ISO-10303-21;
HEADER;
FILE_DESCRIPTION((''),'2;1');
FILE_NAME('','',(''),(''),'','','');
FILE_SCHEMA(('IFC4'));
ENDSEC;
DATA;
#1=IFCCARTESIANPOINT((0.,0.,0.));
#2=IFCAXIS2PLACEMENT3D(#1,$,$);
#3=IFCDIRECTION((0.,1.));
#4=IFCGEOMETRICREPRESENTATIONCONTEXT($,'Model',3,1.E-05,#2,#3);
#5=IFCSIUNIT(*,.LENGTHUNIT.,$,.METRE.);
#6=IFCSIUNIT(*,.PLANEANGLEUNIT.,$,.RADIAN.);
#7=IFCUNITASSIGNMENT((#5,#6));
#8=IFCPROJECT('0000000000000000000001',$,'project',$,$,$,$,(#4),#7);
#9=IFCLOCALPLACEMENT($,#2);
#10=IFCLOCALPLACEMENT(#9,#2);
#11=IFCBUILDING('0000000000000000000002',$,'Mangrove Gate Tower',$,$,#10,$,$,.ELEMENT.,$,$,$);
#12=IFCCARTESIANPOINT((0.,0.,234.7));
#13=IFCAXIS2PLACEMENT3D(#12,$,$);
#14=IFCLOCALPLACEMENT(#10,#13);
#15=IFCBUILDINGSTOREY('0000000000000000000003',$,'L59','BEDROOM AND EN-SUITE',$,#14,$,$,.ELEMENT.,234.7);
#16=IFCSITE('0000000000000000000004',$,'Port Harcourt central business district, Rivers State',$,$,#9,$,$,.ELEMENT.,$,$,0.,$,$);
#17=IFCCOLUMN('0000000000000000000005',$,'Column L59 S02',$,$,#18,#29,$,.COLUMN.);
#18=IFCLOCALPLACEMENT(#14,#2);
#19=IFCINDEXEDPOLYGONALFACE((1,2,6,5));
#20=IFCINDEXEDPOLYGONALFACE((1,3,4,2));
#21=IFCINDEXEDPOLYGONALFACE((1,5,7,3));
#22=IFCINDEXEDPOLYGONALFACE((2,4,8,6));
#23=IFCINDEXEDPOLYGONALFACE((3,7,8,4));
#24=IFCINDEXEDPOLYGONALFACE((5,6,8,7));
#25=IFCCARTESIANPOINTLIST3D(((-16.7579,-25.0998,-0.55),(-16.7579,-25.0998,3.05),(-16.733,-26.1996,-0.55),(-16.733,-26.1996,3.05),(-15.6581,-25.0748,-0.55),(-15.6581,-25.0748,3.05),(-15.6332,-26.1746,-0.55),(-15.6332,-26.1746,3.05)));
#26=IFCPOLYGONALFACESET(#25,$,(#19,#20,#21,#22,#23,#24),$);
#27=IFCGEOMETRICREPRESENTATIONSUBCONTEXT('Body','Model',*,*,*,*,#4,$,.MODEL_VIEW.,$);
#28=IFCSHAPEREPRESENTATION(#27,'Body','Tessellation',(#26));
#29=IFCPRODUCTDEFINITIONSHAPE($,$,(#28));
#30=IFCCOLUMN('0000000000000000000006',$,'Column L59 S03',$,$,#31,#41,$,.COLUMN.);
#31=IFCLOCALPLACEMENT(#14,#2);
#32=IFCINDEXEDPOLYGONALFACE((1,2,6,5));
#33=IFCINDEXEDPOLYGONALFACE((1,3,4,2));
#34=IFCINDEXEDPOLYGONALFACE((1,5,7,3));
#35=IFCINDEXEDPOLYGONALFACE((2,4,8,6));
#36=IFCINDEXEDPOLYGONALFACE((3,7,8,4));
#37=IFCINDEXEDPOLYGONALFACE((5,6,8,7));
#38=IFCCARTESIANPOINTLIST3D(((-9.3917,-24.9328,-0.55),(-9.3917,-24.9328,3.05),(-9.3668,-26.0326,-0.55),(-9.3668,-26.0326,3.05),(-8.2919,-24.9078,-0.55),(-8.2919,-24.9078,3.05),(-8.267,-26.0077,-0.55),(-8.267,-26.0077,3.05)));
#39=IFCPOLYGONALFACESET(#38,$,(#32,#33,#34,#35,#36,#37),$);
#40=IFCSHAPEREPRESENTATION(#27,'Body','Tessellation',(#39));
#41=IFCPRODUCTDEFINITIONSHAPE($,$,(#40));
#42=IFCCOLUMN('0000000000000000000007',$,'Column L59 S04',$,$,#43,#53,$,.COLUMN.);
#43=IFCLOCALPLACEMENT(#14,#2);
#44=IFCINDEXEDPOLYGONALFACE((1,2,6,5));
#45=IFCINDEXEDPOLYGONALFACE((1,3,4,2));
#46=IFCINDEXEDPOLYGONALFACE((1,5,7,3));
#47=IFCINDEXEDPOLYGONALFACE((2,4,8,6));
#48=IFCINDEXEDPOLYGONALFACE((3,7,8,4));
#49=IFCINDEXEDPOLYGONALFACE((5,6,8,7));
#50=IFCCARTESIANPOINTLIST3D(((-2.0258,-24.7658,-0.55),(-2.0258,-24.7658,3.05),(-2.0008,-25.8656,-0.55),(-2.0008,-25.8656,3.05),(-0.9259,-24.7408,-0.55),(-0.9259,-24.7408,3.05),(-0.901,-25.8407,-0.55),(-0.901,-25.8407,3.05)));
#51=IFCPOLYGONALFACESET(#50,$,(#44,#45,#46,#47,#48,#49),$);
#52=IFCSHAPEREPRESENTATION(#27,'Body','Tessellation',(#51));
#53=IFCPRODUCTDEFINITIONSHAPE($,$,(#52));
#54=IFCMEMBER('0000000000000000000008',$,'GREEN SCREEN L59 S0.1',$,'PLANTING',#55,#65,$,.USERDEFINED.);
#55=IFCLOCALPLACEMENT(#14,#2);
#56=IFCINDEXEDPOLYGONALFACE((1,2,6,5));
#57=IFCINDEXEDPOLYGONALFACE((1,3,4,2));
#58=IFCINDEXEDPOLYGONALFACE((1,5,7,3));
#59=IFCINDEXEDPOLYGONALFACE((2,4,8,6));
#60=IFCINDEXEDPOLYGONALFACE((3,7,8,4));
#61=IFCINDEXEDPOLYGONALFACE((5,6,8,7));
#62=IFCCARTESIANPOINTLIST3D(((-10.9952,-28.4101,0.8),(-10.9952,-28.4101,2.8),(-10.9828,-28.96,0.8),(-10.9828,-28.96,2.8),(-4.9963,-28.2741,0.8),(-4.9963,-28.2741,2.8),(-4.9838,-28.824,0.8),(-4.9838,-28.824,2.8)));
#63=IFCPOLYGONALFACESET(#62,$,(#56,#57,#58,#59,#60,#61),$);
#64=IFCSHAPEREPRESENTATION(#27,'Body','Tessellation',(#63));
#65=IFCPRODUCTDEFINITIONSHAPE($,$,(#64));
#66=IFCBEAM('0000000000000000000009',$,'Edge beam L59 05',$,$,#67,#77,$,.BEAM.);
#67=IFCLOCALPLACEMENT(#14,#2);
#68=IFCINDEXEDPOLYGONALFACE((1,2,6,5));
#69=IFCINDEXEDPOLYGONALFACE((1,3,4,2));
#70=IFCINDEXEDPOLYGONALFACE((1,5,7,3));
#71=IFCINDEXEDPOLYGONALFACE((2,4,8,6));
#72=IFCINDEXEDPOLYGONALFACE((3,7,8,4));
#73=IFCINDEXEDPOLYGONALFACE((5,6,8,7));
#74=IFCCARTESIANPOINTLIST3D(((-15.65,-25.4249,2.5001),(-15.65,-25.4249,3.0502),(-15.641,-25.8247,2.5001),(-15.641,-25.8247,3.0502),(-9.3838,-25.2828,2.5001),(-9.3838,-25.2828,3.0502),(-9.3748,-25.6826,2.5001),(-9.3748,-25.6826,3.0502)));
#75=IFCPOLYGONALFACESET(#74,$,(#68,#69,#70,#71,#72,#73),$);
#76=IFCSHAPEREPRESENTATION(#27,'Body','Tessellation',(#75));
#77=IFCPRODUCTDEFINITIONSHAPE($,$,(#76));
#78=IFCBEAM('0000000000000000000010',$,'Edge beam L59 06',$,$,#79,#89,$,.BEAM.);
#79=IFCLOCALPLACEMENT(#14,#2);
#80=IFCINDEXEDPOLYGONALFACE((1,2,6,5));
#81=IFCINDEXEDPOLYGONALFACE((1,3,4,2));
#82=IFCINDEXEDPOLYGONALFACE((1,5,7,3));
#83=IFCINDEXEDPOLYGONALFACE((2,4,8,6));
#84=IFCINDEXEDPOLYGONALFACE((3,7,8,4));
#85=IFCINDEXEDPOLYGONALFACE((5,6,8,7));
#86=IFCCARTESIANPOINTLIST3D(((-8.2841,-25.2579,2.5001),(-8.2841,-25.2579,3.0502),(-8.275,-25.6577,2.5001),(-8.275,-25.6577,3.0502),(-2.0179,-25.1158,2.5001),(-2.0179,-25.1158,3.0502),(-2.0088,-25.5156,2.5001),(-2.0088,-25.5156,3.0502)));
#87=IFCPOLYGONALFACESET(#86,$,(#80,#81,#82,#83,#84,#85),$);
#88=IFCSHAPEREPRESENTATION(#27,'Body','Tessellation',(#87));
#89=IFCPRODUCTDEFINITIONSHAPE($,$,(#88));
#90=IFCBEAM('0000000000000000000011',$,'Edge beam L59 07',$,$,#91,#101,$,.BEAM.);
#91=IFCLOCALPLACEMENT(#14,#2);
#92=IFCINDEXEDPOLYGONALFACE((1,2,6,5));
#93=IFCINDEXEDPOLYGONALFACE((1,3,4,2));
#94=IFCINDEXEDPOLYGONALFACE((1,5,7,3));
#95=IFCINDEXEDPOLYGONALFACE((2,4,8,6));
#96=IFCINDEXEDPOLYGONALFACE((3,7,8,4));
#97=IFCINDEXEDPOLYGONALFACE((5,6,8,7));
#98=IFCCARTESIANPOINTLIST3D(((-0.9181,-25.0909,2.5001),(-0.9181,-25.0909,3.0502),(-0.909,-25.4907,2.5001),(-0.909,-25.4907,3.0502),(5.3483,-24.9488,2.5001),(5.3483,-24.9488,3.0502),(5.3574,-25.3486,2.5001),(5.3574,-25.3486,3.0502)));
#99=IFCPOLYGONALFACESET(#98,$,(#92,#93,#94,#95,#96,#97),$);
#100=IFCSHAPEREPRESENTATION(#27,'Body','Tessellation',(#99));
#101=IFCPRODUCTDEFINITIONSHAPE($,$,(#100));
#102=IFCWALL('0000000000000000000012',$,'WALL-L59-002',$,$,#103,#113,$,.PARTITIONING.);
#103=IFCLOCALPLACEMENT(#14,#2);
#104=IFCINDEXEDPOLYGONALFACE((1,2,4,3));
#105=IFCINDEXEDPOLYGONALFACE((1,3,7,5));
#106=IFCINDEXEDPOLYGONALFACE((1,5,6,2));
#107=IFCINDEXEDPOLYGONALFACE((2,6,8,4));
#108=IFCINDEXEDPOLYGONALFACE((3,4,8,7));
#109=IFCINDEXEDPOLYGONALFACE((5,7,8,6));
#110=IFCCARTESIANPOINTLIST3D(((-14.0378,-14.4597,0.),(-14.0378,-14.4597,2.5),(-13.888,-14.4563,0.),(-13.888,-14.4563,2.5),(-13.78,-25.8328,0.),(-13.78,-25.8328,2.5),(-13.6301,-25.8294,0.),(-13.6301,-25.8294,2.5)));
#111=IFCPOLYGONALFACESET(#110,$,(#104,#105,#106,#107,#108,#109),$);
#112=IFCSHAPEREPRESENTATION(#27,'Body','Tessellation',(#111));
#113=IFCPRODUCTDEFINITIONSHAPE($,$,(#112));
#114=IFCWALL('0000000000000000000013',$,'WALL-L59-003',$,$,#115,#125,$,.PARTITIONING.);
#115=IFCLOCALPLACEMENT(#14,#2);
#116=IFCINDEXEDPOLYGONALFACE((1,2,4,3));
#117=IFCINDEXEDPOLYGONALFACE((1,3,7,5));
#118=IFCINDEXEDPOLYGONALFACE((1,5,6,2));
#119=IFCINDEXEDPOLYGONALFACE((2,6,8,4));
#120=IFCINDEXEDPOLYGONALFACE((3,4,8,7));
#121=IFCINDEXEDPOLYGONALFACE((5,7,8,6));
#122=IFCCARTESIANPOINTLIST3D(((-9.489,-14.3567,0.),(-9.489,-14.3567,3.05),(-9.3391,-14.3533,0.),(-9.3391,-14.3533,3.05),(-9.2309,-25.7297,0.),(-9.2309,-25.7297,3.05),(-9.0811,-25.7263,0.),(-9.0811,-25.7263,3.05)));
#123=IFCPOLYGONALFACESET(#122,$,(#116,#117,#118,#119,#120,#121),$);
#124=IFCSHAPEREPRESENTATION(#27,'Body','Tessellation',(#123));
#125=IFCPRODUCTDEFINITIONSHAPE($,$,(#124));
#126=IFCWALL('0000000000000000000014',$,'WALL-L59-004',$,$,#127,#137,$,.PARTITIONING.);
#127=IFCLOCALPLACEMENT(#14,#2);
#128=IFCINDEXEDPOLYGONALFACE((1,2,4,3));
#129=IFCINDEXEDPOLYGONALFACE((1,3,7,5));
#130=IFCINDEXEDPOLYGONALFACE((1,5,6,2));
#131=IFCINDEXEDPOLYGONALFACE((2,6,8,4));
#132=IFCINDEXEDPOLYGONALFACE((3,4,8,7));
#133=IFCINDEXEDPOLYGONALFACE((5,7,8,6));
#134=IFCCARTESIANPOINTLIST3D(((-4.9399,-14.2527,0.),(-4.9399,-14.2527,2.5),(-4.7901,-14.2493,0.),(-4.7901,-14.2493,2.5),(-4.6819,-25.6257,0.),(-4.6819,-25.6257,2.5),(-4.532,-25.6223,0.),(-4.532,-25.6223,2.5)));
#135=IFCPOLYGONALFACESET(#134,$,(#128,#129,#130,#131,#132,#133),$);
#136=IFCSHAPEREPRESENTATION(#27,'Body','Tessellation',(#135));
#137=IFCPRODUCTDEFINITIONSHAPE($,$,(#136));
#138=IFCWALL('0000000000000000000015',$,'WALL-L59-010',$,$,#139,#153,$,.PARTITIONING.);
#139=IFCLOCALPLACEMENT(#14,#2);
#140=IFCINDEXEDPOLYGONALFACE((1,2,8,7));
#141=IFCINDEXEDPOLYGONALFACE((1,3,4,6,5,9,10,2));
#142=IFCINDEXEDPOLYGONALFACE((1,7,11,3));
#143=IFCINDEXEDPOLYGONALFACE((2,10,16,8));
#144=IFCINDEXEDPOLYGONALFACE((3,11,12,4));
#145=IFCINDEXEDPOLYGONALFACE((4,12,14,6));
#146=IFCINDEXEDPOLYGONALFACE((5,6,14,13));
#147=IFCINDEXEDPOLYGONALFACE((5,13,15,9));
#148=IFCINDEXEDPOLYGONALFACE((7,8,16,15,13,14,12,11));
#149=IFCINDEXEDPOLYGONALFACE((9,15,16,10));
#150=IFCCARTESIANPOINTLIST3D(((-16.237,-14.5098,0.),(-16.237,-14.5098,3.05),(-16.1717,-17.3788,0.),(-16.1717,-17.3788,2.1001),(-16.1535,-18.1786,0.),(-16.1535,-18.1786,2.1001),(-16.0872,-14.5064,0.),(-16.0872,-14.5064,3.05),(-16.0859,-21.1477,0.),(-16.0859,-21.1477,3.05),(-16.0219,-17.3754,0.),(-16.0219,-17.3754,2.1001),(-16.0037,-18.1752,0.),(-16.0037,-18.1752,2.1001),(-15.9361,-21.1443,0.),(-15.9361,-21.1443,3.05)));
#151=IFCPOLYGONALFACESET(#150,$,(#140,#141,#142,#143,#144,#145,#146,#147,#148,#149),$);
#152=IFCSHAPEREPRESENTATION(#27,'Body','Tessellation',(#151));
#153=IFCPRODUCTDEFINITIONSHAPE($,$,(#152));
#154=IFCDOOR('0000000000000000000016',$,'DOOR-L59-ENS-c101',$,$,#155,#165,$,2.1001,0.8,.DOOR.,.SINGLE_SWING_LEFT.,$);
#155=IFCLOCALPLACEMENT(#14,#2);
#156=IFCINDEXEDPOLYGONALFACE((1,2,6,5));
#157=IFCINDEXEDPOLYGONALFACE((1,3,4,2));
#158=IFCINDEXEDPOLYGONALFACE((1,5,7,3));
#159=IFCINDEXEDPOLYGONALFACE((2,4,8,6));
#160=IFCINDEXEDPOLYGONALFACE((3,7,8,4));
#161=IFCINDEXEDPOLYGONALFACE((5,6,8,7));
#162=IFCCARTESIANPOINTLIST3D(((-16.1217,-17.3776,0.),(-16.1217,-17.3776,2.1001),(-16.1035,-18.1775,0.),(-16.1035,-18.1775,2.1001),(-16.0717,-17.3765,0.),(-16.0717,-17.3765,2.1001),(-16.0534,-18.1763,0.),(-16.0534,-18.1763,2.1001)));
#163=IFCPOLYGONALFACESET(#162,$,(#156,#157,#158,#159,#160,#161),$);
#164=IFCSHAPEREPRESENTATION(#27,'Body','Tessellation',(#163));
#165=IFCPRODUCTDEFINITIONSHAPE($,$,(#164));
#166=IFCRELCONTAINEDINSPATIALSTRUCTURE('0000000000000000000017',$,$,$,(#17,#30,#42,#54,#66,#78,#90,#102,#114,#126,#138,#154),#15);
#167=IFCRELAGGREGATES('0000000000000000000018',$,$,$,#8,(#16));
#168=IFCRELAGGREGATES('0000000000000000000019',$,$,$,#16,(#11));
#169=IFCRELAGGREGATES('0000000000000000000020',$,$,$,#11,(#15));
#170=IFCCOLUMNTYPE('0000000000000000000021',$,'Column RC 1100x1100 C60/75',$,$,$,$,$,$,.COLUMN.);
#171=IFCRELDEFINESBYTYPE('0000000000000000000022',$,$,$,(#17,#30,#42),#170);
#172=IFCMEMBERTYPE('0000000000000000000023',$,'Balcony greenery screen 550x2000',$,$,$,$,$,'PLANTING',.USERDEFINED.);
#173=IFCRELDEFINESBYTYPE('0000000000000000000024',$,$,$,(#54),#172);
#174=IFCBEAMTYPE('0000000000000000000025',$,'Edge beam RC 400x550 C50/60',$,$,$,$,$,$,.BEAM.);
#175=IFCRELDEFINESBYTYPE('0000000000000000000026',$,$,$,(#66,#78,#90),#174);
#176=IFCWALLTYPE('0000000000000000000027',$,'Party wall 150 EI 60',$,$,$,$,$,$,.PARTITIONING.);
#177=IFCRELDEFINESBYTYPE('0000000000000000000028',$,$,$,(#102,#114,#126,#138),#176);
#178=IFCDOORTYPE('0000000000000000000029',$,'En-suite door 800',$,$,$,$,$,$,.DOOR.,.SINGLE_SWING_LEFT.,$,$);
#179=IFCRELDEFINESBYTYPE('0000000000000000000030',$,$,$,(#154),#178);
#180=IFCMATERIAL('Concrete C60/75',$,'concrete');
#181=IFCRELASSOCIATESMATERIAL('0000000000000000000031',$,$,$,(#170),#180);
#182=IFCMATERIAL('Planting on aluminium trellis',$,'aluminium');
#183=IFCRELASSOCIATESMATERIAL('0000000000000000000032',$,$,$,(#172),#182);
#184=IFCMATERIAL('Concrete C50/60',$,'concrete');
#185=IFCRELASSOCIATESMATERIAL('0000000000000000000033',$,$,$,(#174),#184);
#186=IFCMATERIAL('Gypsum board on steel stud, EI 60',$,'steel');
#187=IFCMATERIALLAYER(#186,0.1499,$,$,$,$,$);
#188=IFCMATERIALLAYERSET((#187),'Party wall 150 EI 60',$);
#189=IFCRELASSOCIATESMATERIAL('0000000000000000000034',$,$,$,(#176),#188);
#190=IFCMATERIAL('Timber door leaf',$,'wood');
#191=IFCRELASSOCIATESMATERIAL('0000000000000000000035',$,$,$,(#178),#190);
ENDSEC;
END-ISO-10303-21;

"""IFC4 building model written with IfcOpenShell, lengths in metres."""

from ifc_helpers import new_model, si_unit, direction, frame, frame_2d, origin, origin_2d, place, context, subcontext, project, spatial, rectangle, extrude, material, layer, layer_set, material_profile, profile_set, type_object, element, fill, save


model = new_model("IFC4")

# Units and contexts
model_context = context("Model", 3, precision=1e-05, world=origin(), true_north=direction((0.0, 1.0)))
body_context = subcontext(model_context, "Body", "Model", "MODEL_VIEW")
ifc_project = project(units=[si_unit("LENGTHUNIT", "METRE"), si_unit("PLANEANGLEUNIT", "RADIAN")], contexts=[model_context])

# Site, building, storey
site_placement = place(None, origin())
site = spatial("IfcSite", under=ifc_project, at=site_placement, Name="Port Harcourt central business district, Rivers State", CompositionType="ELEMENT", RefElevation=0.0)
building_placement = place(site_placement, origin())
building = spatial("IfcBuilding", under=site, at=building_placement, Name="Mangrove Gate Tower", CompositionType="ELEMENT")
storey_placement = place(building_placement, frame((0.0, 0.0, 234.7)))
storey = spatial("IfcBuildingStorey", under=building, at=storey_placement, Name="L59", Description="BEDROOM AND EN-SUITE", CompositionType="ELEMENT", Elevation=234.7)

# Columns
ifc_material_1 = material(Name="Concrete C60/75", Category="concrete")
ifc_material_profile_1 = material_profile(ifc_material_1, rectangle(XDim=1.1001, YDim=1.1001, at=origin_2d()))
ifc_profile_set_1 = profile_set([ifc_material_profile_1], Name="Concrete C60/75")
column_type = type_object("IfcColumnType", Name="Column RC 1100x1100 C60/75", PredefinedType="COLUMN", material=ifc_profile_set_1)
for number, where, z_axis, x_axis, name in (
    (1, (-16.1956, -25.6372, -0.55), (0.0, 0.0, 1.0), (0.999743, 0.022666, 0.0), "Column L59 S02"),
    (2, (-8.8293, -25.4702, -0.55), (0.0, 0.0, 1.0), (0.999743, 0.022666, 0.0), "Column L59 S03"),
    (3, (-1.4634, -25.3032, -0.55), (0.0, 0.0, 1.0), (0.999743, 0.022666, 0.0), "Column L59 S04"),
):
    element("IfcColumn", number, at=place(storey_placement, frame(where, z_axis=z_axis, x_axis=x_axis)), inside=storey, type_object=column_type, Name=name, PredefinedType="COLUMN", context=body_context, shape_type="SweptSolid", body=[
        extrude(rectangle(XDim=1.1001, YDim=1.1001, at=origin_2d()), origin(), (0.0, 0.0, 1.0), 3.6001),
    ])

# Member
ifc_material_2 = material(Name="Planting on aluminium trellis", Category="aluminium")
ifc_material_profile_2 = material_profile(ifc_material_2, rectangle(XDim=0.55, YDim=2.0, at=origin_2d()))
ifc_profile_set_2 = profile_set([ifc_material_profile_2], Name="Planting on aluminium trellis")
member_type = type_object("IfcMemberType", Name="Balcony greenery screen 550x2000", ElementType="PLANTING", PredefinedType="USERDEFINED", material=ifc_profile_set_2)
member_placement = place(storey_placement, frame((-10.989, -28.6851, 1.8), z_axis=(0.999743, 0.022662, 0.0), x_axis=(-0.022662, 0.999743, 0.0)))
element("IfcMember", 4, at=member_placement, inside=storey, type_object=member_type, Name="GREEN SCREEN L59 S0.1", ObjectType="PLANTING", PredefinedType="USERDEFINED", context=body_context, shape_type="SweptSolid", body=[
    extrude(rectangle(XDim=0.55, YDim=2.0, at=origin_2d()), origin(), (0.0, 0.0, 1.0), 6.0005),
])

# Beams
ifc_material_3 = material(Name="Concrete C50/60", Category="concrete")
ifc_material_profile_3 = material_profile(ifc_material_3, rectangle(XDim=0.3999, YDim=0.55, at=origin_2d()))
ifc_profile_set_3 = profile_set([ifc_material_profile_3], Name="Concrete C50/60")
beam_type = type_object("IfcBeamType", Name="Edge beam RC 400x550 C50/60", PredefinedType="BEAM", material=ifc_profile_set_3)
for number, where, z_axis, x_axis, name in (
    (5, (-15.6455, -25.6248, 2.7751), (0.999743, 0.02267, 0.0), (-0.02267, 0.999743, 0.0), "Edge beam L59 05"),
    (6, (-8.2795, -25.4578, 2.7751), (0.999743, 0.02267, 0.0), (-0.02267, 0.999743, 0.0), "Edge beam L59 06"),
):
    element("IfcBeam", number, at=place(storey_placement, frame(where, z_axis=z_axis, x_axis=x_axis)), inside=storey, type_object=beam_type, Name=name, PredefinedType="BEAM", context=body_context, shape_type="SweptSolid", body=[
        extrude(rectangle(XDim=0.3999, YDim=0.55, at=origin_2d()), origin(), (0.0, 0.0, 1.0), 6.2678),
    ])
beam_placement = place(storey_placement, frame((-0.9136, -25.2908, 2.7751), z_axis=(0.999743, 0.022669, 0.0), x_axis=(-0.022669, 0.999743, 0.0)))
element("IfcBeam", 7, at=beam_placement, inside=storey, type_object=beam_type, Name="Edge beam L59 07", PredefinedType="BEAM", context=body_context, shape_type="SweptSolid", body=[
    extrude(rectangle(XDim=0.3999, YDim=0.55, at=origin_2d()), origin(), (0.0, 0.0, 1.0), 6.2681),
])

# Walls
ifc_material_4 = material(Name="Gypsum board on steel stud, EI 60", Category="steel")
ifc_layer_1 = layer(ifc_material_4, 0.1499)
ifc_layer_set_1 = layer_set([ifc_layer_1], Name="Party wall 150 EI 60")
wall_type_1 = type_object("IfcWallType", Name="Party wall 150 EI 60", PredefinedType="PARTITIONING", material=ifc_layer_set_1)
wall_1_placement = place(storey_placement, frame((-13.7051, -25.8311, 0.0), z_axis=(0.0, 0.0, 1.0), x_axis=(-0.022663, 0.999743, 0.0)))
element("IfcWall", 8, at=wall_1_placement, inside=storey, type_object=wall_type_1, Name="WALL-L59-002", PredefinedType="PARTITIONING", context=body_context, shape_type="SweptSolid", body=[
    extrude(rectangle(XDim=11.376, YDim=0.1499, at=frame_2d((5.688, 0.0))), origin(), (0.0, 0.0, 1.0), 2.5),
])
wall_2_placement = place(storey_placement, frame((-9.156, -25.728, 0.0), z_axis=(0.0, 0.0, 1.0), x_axis=(-0.022684, 0.999743, 0.0)))
element("IfcWall", 9, at=wall_2_placement, inside=storey, type_object=wall_type_1, Name="WALL-L59-003", PredefinedType="PARTITIONING", context=body_context, shape_type="SweptSolid", body=[
    extrude(rectangle(XDim=11.376, YDim=0.1499, at=frame_2d((5.688, 0.0))), origin(), (0.0, 0.0, 1.0), 3.05),
])
wall_3_placement = place(storey_placement, frame((-4.6069, -25.624, 0.0), z_axis=(0.0, 0.0, 1.0), x_axis=(-0.022684, 0.999743, 0.0)))
element("IfcWall", 10, at=wall_3_placement, inside=storey, type_object=wall_type_1, Name="WALL-L59-004", PredefinedType="PARTITIONING", context=body_context, shape_type="SweptSolid", body=[
    extrude(rectangle(XDim=11.376, YDim=0.1499, at=frame_2d((5.688, 0.0))), origin(), (0.0, 0.0, 1.0), 2.5),
])

# Wall, opening, door
wall_4_placement = place(storey_placement, frame((-16.011, -21.146, 0.0), z_axis=(0.0, 0.0, 1.0), x_axis=(-0.022761, 0.999741, 0.0)))
wall_4 = element("IfcWall", 11, at=wall_4_placement, inside=storey, type_object=wall_type_1, Name="WALL-L59-010", PredefinedType="PARTITIONING", context=body_context, shape_type="SweptSolid", body=[
    extrude(rectangle(XDim=6.6396, YDim=0.1499, at=frame_2d((3.3198, 0.0))), origin(), (0.0, 0.0, 1.0), 3.05),
])
opening_1_placement = place(wall_4_placement, frame((2.97, 0.0, 0.0)))
opening_1 = element("IfcOpeningElement", 12, at=opening_1_placement, cuts=wall_4, PredefinedType="OPENING", context=body_context, shape_type="SweptSolid", body=[
    extrude(rectangle(XDim=0.8, YDim=2.1001, at=frame_2d((0.3999, 1.05))), frame((0.0, 0.085, 0.0), z_axis=(0.0, -1.0, 0.0), x_axis=(1.0, 0.0, 0.0)), (0.0, 0.0, 1.0), 0.1699),
])
ifc_material_5 = material(Name="Timber door leaf", Category="wood")
door_type = type_object("IfcDoorType", Name="En-suite door 800", OperationType="SINGLE_SWING_LEFT", PredefinedType="DOOR", material=ifc_material_5)
door_1_placement = place(opening_1_placement, origin())
door_1 = element("IfcDoor", 13, at=door_1_placement, inside=storey, type_object=door_type, Name="DOOR-L59-ENS-c101", OperationType="SINGLE_SWING_LEFT", OverallHeight=2.1001, OverallWidth=0.8, PredefinedType="DOOR", context=body_context, shape_type="SweptSolid", body=[
    extrude(rectangle(XDim=0.8, YDim=2.1001, at=frame_2d((0.3999, 1.05))), frame((0.0, 0.0249, 0.0), z_axis=(0.0, -1.0, 0.0), x_axis=(1.0, 0.0, 0.0)), (0.0, 0.0, 1.0), 0.05),
])
fill(opening_1, door_1)

save(model, "model.ifc")
